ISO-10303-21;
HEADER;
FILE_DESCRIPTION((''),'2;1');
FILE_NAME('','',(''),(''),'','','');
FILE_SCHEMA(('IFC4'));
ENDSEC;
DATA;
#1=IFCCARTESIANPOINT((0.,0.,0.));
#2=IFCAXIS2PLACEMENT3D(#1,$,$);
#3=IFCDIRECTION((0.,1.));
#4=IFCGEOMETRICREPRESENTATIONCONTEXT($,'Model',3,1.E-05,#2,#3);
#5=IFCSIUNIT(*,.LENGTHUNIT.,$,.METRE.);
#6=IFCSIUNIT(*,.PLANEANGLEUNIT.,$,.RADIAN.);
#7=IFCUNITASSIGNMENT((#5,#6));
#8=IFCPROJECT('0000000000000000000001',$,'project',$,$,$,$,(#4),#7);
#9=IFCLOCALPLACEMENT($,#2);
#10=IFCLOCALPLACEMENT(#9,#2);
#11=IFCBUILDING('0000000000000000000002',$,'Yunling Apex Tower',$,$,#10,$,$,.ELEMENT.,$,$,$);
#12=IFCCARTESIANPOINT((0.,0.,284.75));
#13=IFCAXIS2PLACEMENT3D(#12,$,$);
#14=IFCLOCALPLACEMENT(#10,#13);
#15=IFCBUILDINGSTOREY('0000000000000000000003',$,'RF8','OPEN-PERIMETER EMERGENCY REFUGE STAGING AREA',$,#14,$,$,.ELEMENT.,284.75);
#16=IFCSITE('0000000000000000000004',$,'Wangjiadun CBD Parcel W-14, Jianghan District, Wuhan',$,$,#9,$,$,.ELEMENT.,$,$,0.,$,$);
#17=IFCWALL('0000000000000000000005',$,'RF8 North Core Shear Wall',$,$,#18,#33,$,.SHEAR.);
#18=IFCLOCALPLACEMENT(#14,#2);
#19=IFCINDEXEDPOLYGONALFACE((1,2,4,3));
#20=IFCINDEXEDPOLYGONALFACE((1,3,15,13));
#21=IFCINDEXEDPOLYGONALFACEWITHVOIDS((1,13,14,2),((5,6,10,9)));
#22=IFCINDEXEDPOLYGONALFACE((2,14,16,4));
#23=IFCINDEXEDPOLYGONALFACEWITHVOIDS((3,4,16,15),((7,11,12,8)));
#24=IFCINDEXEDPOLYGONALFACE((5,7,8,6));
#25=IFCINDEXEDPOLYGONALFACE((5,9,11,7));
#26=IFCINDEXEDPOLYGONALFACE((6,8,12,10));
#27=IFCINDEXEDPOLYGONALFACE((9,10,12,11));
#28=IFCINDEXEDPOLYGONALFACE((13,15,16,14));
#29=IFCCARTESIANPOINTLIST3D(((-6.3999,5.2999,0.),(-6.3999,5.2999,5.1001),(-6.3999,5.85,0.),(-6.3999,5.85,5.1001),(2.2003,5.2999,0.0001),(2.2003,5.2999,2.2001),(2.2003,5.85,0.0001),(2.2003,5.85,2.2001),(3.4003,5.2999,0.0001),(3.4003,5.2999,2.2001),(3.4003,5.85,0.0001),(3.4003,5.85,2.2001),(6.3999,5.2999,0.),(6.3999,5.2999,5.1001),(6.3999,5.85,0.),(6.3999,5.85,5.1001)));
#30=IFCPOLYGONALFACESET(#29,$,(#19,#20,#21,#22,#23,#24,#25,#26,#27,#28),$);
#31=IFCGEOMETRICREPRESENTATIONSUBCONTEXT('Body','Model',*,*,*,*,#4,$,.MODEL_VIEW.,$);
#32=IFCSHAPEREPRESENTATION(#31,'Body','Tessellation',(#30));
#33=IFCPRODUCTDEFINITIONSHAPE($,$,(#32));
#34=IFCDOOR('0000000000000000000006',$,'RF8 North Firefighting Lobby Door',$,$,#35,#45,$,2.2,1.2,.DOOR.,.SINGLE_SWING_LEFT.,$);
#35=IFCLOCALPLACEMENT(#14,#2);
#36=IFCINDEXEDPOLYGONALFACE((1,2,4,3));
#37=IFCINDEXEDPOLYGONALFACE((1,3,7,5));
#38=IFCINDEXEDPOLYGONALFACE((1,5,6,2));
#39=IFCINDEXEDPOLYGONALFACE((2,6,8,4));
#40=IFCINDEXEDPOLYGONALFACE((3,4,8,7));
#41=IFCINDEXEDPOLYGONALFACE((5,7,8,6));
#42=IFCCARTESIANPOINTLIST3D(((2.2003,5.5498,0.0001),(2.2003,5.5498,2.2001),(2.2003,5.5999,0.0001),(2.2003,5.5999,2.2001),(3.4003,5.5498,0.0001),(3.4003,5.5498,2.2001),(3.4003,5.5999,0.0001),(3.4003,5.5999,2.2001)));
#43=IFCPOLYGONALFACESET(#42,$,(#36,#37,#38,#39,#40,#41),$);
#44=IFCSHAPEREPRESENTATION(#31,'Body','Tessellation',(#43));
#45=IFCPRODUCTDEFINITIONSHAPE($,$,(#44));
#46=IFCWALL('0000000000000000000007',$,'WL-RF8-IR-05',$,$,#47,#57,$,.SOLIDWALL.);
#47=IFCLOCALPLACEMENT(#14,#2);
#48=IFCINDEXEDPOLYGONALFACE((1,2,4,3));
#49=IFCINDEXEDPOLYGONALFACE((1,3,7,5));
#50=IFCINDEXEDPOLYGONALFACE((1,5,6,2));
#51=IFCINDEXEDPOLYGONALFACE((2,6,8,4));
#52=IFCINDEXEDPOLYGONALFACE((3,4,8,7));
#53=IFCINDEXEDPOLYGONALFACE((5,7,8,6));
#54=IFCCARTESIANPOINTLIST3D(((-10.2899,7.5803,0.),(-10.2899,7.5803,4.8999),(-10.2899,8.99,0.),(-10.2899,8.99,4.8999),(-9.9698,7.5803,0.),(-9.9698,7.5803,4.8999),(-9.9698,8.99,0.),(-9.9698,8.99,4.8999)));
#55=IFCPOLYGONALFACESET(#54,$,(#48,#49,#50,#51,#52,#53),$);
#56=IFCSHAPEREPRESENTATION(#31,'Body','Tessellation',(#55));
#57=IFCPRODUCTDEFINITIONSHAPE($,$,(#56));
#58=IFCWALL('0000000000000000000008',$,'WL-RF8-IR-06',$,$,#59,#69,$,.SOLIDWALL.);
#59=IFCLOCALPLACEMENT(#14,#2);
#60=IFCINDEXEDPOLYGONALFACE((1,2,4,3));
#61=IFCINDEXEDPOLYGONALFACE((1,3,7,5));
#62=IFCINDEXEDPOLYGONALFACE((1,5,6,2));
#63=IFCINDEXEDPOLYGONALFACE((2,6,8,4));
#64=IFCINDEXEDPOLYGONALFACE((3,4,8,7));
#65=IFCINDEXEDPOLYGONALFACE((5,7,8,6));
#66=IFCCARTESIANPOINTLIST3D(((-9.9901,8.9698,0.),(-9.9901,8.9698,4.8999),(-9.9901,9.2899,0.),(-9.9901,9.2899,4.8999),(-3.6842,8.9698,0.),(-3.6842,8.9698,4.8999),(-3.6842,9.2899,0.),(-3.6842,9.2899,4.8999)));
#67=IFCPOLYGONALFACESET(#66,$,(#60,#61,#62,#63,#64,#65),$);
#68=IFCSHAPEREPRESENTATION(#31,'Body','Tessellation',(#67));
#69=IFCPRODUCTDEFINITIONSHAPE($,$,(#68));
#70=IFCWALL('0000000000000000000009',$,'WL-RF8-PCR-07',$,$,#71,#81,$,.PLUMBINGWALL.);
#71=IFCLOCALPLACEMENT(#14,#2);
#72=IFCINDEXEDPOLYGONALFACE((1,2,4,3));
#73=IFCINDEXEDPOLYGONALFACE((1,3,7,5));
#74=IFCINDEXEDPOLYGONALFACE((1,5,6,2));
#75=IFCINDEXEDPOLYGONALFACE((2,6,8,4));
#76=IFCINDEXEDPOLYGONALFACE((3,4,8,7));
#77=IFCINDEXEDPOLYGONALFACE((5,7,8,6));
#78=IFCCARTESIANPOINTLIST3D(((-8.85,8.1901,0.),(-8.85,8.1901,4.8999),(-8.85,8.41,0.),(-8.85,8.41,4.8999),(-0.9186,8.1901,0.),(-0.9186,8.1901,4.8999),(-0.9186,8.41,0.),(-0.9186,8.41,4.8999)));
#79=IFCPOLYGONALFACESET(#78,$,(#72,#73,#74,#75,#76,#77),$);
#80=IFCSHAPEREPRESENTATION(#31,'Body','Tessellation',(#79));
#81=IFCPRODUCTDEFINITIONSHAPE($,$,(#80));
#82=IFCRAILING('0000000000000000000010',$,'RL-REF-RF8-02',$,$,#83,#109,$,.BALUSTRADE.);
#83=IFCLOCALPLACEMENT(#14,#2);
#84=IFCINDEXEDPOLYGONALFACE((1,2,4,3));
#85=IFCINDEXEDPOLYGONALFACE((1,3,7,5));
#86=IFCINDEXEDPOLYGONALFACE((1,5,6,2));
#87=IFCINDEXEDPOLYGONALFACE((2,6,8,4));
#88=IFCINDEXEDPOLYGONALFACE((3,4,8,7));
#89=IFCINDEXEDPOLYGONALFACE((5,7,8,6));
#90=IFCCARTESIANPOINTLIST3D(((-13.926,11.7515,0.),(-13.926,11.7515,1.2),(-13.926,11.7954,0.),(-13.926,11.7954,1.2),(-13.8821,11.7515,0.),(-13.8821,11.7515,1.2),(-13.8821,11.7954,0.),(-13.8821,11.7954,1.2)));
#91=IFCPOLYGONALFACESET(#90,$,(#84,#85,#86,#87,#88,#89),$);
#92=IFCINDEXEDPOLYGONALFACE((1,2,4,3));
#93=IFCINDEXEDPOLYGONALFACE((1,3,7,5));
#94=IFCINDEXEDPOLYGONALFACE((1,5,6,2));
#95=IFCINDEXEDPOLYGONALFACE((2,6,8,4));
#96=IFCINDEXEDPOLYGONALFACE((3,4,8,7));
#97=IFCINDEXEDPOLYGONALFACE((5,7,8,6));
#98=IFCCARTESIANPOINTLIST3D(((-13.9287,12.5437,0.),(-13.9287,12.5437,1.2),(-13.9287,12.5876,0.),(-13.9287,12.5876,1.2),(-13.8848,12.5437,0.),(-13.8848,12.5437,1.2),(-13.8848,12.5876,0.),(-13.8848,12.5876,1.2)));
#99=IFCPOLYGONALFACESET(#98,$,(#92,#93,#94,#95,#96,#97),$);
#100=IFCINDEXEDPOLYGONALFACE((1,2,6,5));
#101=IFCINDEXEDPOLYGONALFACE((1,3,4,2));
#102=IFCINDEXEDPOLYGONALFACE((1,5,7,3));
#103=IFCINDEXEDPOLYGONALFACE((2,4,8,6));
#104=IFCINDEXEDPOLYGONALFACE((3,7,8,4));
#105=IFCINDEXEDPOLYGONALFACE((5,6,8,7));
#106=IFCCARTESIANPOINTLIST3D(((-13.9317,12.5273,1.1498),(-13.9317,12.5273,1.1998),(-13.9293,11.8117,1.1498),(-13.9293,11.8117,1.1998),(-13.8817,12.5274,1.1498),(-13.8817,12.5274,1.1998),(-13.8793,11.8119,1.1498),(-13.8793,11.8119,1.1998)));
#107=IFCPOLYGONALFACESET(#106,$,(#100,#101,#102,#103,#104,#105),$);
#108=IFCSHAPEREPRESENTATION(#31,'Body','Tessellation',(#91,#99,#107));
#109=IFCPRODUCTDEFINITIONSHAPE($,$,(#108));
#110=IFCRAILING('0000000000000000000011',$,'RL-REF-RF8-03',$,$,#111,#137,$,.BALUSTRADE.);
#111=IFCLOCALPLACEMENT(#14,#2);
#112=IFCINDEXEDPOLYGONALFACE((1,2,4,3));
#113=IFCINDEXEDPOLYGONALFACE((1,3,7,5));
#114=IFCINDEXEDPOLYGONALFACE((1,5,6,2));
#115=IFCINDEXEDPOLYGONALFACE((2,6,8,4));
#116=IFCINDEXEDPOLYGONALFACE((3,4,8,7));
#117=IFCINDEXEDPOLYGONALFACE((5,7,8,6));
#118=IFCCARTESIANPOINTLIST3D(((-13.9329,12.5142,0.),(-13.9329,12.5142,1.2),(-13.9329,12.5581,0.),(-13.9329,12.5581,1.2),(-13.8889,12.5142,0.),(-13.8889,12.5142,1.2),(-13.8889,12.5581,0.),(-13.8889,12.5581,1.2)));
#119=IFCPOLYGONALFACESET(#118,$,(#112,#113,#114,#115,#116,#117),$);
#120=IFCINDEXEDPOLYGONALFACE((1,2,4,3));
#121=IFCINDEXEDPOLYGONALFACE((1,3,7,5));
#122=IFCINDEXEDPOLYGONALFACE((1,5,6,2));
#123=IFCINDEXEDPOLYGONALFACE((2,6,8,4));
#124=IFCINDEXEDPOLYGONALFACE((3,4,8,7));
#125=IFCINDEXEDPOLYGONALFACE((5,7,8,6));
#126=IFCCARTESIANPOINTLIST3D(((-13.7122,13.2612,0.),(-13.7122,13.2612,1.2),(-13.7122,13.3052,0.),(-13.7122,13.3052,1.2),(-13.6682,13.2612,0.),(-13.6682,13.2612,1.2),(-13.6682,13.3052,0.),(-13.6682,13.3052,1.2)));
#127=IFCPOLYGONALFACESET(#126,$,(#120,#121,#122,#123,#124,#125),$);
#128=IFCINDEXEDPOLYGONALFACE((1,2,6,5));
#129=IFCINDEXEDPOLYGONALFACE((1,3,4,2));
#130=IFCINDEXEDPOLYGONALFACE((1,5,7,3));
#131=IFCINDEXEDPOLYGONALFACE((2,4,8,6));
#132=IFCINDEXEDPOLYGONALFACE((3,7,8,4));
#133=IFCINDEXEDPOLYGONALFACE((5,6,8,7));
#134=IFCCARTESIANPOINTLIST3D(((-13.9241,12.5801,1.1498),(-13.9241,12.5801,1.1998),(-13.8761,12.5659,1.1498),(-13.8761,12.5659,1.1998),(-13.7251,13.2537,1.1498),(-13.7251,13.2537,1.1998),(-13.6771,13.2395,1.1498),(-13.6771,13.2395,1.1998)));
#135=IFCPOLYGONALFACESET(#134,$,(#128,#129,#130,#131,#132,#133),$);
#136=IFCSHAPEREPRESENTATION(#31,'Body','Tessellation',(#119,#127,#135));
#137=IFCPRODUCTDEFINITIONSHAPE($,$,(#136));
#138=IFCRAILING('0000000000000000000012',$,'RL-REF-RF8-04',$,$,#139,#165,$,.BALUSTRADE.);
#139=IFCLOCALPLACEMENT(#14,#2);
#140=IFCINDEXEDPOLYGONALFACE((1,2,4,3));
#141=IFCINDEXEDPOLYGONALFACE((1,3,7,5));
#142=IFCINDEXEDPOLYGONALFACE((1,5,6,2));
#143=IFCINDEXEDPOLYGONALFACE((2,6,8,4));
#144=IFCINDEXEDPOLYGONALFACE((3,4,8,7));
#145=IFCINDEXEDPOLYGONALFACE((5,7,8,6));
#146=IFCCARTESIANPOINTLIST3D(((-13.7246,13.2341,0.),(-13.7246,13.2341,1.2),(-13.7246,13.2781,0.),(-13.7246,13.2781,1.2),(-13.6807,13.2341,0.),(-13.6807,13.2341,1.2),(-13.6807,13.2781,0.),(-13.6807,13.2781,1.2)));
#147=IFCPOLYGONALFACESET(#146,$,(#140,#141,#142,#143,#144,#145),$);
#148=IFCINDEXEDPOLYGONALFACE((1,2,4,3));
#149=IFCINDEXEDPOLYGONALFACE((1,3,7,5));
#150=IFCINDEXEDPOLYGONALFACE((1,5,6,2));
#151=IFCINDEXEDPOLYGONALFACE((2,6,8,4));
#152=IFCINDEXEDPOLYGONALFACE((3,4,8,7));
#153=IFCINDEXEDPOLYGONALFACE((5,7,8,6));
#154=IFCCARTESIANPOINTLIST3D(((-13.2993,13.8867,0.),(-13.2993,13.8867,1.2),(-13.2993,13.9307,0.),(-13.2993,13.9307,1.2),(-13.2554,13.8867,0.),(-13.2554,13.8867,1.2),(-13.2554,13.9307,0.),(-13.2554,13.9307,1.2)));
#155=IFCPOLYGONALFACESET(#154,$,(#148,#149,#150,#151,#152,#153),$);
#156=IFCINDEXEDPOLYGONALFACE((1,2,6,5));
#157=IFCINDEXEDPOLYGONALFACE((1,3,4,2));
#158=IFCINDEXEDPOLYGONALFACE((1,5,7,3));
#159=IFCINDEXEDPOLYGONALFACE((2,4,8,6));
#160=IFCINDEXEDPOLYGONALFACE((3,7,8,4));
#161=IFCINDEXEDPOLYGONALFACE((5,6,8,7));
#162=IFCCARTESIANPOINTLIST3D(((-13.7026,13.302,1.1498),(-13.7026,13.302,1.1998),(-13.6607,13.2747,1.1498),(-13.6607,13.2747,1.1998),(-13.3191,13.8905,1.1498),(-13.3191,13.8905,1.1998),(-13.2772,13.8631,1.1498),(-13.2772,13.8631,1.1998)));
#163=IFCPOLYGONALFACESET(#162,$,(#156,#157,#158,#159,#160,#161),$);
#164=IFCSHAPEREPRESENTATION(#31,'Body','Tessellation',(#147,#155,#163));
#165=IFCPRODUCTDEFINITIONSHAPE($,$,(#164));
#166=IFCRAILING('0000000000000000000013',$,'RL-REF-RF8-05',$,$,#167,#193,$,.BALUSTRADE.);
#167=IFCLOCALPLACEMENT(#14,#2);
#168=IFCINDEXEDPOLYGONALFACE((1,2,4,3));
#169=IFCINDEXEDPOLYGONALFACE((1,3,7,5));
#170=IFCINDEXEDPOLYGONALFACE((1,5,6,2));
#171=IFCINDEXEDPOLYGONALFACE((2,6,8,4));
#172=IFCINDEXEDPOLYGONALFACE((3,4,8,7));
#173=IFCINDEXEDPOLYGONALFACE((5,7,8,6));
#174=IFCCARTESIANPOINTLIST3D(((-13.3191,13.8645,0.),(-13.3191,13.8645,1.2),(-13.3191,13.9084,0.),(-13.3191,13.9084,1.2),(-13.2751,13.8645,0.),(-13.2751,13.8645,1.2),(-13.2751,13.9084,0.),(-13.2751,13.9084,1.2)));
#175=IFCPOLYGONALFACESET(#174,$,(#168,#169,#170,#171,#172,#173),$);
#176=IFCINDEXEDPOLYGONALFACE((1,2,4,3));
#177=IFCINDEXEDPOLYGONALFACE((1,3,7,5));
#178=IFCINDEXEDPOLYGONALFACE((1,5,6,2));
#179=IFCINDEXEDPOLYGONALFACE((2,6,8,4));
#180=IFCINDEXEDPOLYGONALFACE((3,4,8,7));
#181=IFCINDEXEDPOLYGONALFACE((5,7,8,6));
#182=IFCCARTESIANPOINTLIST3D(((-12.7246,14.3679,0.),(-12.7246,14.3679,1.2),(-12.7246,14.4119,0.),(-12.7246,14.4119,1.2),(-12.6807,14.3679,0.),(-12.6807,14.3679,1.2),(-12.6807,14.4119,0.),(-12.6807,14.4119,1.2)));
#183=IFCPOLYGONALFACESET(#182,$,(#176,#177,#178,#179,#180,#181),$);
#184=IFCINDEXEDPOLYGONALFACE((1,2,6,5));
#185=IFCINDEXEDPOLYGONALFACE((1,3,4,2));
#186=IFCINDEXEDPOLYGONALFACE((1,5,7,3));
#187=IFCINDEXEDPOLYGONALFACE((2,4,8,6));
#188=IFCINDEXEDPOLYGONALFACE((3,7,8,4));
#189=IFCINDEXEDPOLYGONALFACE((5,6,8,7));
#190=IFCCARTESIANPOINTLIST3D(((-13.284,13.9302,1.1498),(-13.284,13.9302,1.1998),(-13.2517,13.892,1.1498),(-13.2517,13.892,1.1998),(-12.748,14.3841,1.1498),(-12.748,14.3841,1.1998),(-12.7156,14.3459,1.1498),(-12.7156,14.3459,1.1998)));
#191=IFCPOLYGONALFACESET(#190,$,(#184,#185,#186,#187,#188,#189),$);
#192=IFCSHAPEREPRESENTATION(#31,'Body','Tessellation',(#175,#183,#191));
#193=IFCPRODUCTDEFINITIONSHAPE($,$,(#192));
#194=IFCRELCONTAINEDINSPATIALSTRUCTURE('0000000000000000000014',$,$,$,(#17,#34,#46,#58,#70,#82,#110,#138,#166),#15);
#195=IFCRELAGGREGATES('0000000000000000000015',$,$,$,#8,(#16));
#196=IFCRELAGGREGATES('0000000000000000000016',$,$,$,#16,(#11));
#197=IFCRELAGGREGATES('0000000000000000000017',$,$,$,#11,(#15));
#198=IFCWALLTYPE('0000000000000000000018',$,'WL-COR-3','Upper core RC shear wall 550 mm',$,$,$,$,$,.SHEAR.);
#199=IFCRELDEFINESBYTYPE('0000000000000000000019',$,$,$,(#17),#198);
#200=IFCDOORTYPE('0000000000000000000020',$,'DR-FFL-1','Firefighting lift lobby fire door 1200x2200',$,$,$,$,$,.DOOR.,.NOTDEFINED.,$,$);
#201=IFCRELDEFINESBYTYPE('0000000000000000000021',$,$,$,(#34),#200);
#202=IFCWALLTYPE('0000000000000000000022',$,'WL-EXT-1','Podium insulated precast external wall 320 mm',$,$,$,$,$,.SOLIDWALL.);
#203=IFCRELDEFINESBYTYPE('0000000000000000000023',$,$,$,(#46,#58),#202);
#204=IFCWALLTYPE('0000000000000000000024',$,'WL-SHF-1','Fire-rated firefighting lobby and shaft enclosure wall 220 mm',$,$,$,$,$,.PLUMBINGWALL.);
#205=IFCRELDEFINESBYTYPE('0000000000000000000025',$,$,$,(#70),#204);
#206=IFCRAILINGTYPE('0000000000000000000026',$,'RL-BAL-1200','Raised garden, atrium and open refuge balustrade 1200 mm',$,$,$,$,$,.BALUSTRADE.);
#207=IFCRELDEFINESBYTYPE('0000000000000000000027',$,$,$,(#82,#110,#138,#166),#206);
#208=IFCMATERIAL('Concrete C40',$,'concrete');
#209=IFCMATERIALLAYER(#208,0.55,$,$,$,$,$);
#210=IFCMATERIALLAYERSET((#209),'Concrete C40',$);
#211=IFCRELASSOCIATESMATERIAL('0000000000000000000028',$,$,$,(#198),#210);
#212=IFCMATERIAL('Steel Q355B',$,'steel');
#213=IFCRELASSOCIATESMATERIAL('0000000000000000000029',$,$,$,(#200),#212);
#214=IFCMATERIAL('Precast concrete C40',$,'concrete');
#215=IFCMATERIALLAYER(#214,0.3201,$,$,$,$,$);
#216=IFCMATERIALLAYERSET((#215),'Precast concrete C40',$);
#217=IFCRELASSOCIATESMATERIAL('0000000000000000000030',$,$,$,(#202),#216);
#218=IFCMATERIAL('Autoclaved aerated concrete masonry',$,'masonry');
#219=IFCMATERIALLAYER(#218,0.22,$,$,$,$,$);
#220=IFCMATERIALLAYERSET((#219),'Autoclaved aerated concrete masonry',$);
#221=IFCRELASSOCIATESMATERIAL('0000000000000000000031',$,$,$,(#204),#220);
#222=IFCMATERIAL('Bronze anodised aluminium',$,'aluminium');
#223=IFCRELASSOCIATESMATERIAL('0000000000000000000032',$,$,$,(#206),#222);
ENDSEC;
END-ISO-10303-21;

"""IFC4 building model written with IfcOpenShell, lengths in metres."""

from ifc_helpers import new_model, si_unit, direction, frame, frame_2d, origin, origin_2d, place, context, subcontext, project, spatial, rectangle, extrude, material, layer, layer_set, type_object, element, fill, save


model = new_model("IFC4")

# Units and contexts
model_context = context("Model", 3, precision=1e-05, world=origin(), true_north=direction((0.0, 1.0)))
body_context = subcontext(model_context, "Body", "Model", "MODEL_VIEW")
ifc_project = project(units=[si_unit("LENGTHUNIT", "METRE"), si_unit("PLANEANGLEUNIT", "RADIAN")], contexts=[model_context])

# Site, building, storey
site_placement = place(None, origin())
site = spatial("IfcSite", under=ifc_project, at=site_placement, Name="Wangjiadun CBD Parcel W-14, Jianghan District, Wuhan", CompositionType="ELEMENT", RefElevation=0.0)
building_placement = place(site_placement, origin())
building = spatial("IfcBuilding", under=site, at=building_placement, Name="Yunling Apex Tower", CompositionType="ELEMENT")
storey_placement = place(building_placement, frame((0.0, 0.0, 284.75)))
storey = spatial("IfcBuildingStorey", under=building, at=storey_placement, Name="RF8", Description="OPEN-PERIMETER EMERGENCY REFUGE STAGING AREA", CompositionType="ELEMENT", Elevation=284.75)

# Shared definitions
ifc_material_1 = material(Name="Steel Q355B", Category="steel")

# Wall, opening, door
ifc_material_2 = material(Name="Concrete C40", Category="concrete")
ifc_layer_1 = layer(ifc_material_2, 0.55)
ifc_layer_set_1 = layer_set([ifc_layer_1], Name="Concrete C40")
wall_type_1 = type_object("IfcWallType", Name="WL-COR-3", Description="Upper core RC shear wall 550 mm", PredefinedType="SHEAR", material=ifc_layer_set_1)
wall_1_placement = place(storey_placement, frame((-6.3999, 5.575, 0.0), z_axis=(0.0, 0.0, 1.0), x_axis=(1.0, 0.0, 0.0)))
wall_1 = element("IfcWall", 1, at=wall_1_placement, inside=storey, type_object=wall_type_1, Name="RF8 North Core Shear Wall", PredefinedType="SHEAR", context=body_context, shape_type="SweptSolid", body=[
    extrude(rectangle(XDim=12.7998, YDim=0.55, at=frame_2d((6.3999, 0.0))), origin(), (0.0, 0.0, 1.0), 5.1001),
])
opening_placement = place(wall_1_placement, frame((8.6001, 0.0, 0.0)))
opening = element("IfcOpeningElement", 2, at=opening_placement, cuts=wall_1, PredefinedType="OPENING", context=body_context, shape_type="SweptSolid", body=[
    extrude(rectangle(XDim=1.2, YDim=2.2, at=frame_2d((0.6001, 1.1001))), frame((0.0, 0.2852, 0.0), z_axis=(0.0, -1.0, 0.0), x_axis=(1.0, 0.0, 0.0)), (0.0, 0.0, 1.0), 0.5701),
])
door_type = type_object("IfcDoorType", Name="DR-FFL-1", Description="Firefighting lift lobby fire door 1200x2200", OperationType="NOTDEFINED", PredefinedType="DOOR", material=ifc_material_1)
door_placement = place(opening_placement, origin())
door = element("IfcDoor", 3, at=door_placement, inside=storey, type_object=door_type, Name="RF8 North Firefighting Lobby Door", OperationType="SINGLE_SWING_LEFT", OverallHeight=2.2, OverallWidth=1.2, PredefinedType="DOOR", context=body_context, shape_type="SweptSolid", body=[
    extrude(rectangle(XDim=1.2, YDim=2.2, at=frame_2d((0.6001, 1.1001))), frame((0.0, 0.0249, 0.0), z_axis=(0.0, -1.0, 0.0), x_axis=(1.0, 0.0, 0.0)), (0.0, 0.0, 1.0), 0.05),
])
fill(opening, door)

# Walls
ifc_material_3 = material(Name="Precast concrete C40", Category="concrete")
ifc_layer_2 = layer(ifc_material_3, 0.3201)
ifc_layer_set_2 = layer_set([ifc_layer_2], Name="Precast concrete C40")
wall_type_2 = type_object("IfcWallType", Name="WL-EXT-1", Description="Podium insulated precast external wall 320 mm", PredefinedType="SOLIDWALL", material=ifc_layer_set_2)
wall_2_placement = place(storey_placement, frame((-10.1299, 7.5803, 0.0), z_axis=(0.0, 0.0, 1.0), x_axis=(0.0, 1.0, 0.0)))
element("IfcWall", 4, at=wall_2_placement, inside=storey, type_object=wall_type_2, Name="WL-RF8-IR-05", PredefinedType="SOLIDWALL", context=body_context, shape_type="SweptSolid", body=[
    extrude(rectangle(XDim=1.4097, YDim=0.3201, at=frame_2d((0.7048, 0.0))), origin(), (0.0, 0.0, 1.0), 4.8999),
])
wall_3_placement = place(storey_placement, frame((-9.99, 9.1299, 0.0), z_axis=(0.0, 0.0, 1.0), x_axis=(1.0, 0.0, 0.0)))
element("IfcWall", 5, at=wall_3_placement, inside=storey, type_object=wall_type_2, Name="WL-RF8-IR-06", PredefinedType="SOLIDWALL", context=body_context, shape_type="SweptSolid", body=[
    extrude(rectangle(XDim=6.3059, YDim=0.3201, at=frame_2d((3.1528, 0.0))), origin(), (0.0, 0.0, 1.0), 4.8999),
])
ifc_material_4 = material(Name="Autoclaved aerated concrete masonry", Category="masonry")
ifc_layer_3 = layer(ifc_material_4, 0.22)
ifc_layer_set_3 = layer_set([ifc_layer_3], Name="Autoclaved aerated concrete masonry")
wall_type_3 = type_object("IfcWallType", Name="WL-SHF-1", Description="Fire-rated firefighting lobby and shaft enclosure wall 220 mm", PredefinedType="PLUMBINGWALL", material=ifc_layer_set_3)
wall_4_placement = place(storey_placement, frame((-8.8501, 8.3, 0.0), z_axis=(0.0, 0.0, 1.0), x_axis=(1.0, 0.0, 0.0)))
element("IfcWall", 6, at=wall_4_placement, inside=storey, type_object=wall_type_3, Name="WL-RF8-PCR-07", PredefinedType="PLUMBINGWALL", context=body_context, shape_type="SweptSolid", body=[
    extrude(rectangle(XDim=7.9314, YDim=0.22, at=frame_2d((3.9658, 0.0))), origin(), (0.0, 0.0, 1.0), 4.8999),
])

# Railings
ifc_material_5 = material(Name="Bronze anodised aluminium", Category="aluminium")
railing_type = type_object("IfcRailingType", Name="RL-BAL-1200", Description="Raised garden, atrium and open refuge balustrade 1200 mm", PredefinedType="BALUSTRADE", material=ifc_material_5)
railing_1_placement = place(storey_placement, frame((-13.9041, 11.7734, 0.0)))
element("IfcRailing", 7, at=railing_1_placement, inside=storey, type_object=railing_type, Name="RL-REF-RF8-02", PredefinedType="BALUSTRADE", context=body_context, shape_type="SweptSolid", body=[
    extrude(rectangle(XDim=0.0439, YDim=0.0439, at=origin_2d()), origin(), (0.0, 0.0, 1.0), 1.2),
    extrude(rectangle(XDim=0.0439, YDim=0.0439, at=origin_2d()), frame((-0.0027, 0.7922, 0.0)), (0.0, 0.0, 1.0), 1.2),
    extrude(rectangle(XDim=0.05, YDim=0.05, at=origin_2d()), frame((-0.0002, 0.0383, 1.1748), z_axis=(-0.00339, 0.999994, 0.0), x_axis=(-0.999994, -0.00339, 0.0)), (0.0, 0.0, 1.0), 0.7156),
])
railing_2_placement = place(storey_placement, frame((-13.9109, 12.5361, 0.0)))
element("IfcRailing", 8, at=railing_2_placement, inside=storey, type_object=railing_type, Name="RL-REF-RF8-03", PredefinedType="BALUSTRADE", context=body_context, shape_type="SweptSolid", body=[
    extrude(rectangle(XDim=0.0439, YDim=0.0439, at=origin_2d()), origin(), (0.0, 0.0, 1.0), 1.2),
    extrude(rectangle(XDim=0.0439, YDim=0.0439, at=origin_2d()), frame((0.2207, 0.7471, 0.0)), (0.0, 0.0, 1.0), 1.2),
    extrude(rectangle(XDim=0.05, YDim=0.05, at=origin_2d()), frame((0.0107, 0.0369, 1.1748), z_axis=(0.28332, 0.959025, 0.0), x_axis=(-0.959025, 0.28332, 0.0)), (0.0, 0.0, 1.0), 0.7024),
])
railing_3_placement = place(storey_placement, frame((-13.7026, 13.2561, 0.0)))
element("IfcRailing", 9, at=railing_3_placement, inside=storey, type_object=railing_type, Name="RL-REF-RF8-04", PredefinedType="BALUSTRADE", context=body_context, shape_type="SweptSolid", body=[
    extrude(rectangle(XDim=0.0439, YDim=0.0439, at=origin_2d()), origin(), (0.0, 0.0, 1.0), 1.2),
    extrude(rectangle(XDim=0.0439, YDim=0.0439, at=origin_2d()), frame((0.4253, 0.6526, 0.0)), (0.0, 0.0, 1.0), 1.2),
    extrude(rectangle(XDim=0.05, YDim=0.05, at=origin_2d()), frame((0.021, 0.0322, 1.1748), z_axis=(0.54599, 0.837791, 0.0), x_axis=(-0.837791, 0.54599, 0.0)), (0.0, 0.0, 1.0), 0.7024),
])
railing_4_placement = place(storey_placement, frame((-13.2971, 13.8865, 0.0)))
element("IfcRailing", 10, at=railing_4_placement, inside=storey, type_object=railing_type, Name="RL-REF-RF8-05", PredefinedType="BALUSTRADE", context=body_context, shape_type="SweptSolid", body=[
    extrude(rectangle(XDim=0.0439, YDim=0.0439, at=origin_2d()), origin(), (0.0, 0.0, 1.0), 1.2),
    extrude(rectangle(XDim=0.0439, YDim=0.0439, at=origin_2d()), frame((0.5945, 0.5034, 0.0)), (0.0, 0.0, 1.0), 1.2),
    extrude(rectangle(XDim=0.05, YDim=0.05, at=origin_2d()), frame((0.0293, 0.0247, 1.1748), z_axis=(0.763137, 0.646237, 0.0), x_axis=(-0.646237, 0.763137, 0.0)), (0.0, 0.0, 1.0), 0.7024),
])

save(model, "model.ifc")
